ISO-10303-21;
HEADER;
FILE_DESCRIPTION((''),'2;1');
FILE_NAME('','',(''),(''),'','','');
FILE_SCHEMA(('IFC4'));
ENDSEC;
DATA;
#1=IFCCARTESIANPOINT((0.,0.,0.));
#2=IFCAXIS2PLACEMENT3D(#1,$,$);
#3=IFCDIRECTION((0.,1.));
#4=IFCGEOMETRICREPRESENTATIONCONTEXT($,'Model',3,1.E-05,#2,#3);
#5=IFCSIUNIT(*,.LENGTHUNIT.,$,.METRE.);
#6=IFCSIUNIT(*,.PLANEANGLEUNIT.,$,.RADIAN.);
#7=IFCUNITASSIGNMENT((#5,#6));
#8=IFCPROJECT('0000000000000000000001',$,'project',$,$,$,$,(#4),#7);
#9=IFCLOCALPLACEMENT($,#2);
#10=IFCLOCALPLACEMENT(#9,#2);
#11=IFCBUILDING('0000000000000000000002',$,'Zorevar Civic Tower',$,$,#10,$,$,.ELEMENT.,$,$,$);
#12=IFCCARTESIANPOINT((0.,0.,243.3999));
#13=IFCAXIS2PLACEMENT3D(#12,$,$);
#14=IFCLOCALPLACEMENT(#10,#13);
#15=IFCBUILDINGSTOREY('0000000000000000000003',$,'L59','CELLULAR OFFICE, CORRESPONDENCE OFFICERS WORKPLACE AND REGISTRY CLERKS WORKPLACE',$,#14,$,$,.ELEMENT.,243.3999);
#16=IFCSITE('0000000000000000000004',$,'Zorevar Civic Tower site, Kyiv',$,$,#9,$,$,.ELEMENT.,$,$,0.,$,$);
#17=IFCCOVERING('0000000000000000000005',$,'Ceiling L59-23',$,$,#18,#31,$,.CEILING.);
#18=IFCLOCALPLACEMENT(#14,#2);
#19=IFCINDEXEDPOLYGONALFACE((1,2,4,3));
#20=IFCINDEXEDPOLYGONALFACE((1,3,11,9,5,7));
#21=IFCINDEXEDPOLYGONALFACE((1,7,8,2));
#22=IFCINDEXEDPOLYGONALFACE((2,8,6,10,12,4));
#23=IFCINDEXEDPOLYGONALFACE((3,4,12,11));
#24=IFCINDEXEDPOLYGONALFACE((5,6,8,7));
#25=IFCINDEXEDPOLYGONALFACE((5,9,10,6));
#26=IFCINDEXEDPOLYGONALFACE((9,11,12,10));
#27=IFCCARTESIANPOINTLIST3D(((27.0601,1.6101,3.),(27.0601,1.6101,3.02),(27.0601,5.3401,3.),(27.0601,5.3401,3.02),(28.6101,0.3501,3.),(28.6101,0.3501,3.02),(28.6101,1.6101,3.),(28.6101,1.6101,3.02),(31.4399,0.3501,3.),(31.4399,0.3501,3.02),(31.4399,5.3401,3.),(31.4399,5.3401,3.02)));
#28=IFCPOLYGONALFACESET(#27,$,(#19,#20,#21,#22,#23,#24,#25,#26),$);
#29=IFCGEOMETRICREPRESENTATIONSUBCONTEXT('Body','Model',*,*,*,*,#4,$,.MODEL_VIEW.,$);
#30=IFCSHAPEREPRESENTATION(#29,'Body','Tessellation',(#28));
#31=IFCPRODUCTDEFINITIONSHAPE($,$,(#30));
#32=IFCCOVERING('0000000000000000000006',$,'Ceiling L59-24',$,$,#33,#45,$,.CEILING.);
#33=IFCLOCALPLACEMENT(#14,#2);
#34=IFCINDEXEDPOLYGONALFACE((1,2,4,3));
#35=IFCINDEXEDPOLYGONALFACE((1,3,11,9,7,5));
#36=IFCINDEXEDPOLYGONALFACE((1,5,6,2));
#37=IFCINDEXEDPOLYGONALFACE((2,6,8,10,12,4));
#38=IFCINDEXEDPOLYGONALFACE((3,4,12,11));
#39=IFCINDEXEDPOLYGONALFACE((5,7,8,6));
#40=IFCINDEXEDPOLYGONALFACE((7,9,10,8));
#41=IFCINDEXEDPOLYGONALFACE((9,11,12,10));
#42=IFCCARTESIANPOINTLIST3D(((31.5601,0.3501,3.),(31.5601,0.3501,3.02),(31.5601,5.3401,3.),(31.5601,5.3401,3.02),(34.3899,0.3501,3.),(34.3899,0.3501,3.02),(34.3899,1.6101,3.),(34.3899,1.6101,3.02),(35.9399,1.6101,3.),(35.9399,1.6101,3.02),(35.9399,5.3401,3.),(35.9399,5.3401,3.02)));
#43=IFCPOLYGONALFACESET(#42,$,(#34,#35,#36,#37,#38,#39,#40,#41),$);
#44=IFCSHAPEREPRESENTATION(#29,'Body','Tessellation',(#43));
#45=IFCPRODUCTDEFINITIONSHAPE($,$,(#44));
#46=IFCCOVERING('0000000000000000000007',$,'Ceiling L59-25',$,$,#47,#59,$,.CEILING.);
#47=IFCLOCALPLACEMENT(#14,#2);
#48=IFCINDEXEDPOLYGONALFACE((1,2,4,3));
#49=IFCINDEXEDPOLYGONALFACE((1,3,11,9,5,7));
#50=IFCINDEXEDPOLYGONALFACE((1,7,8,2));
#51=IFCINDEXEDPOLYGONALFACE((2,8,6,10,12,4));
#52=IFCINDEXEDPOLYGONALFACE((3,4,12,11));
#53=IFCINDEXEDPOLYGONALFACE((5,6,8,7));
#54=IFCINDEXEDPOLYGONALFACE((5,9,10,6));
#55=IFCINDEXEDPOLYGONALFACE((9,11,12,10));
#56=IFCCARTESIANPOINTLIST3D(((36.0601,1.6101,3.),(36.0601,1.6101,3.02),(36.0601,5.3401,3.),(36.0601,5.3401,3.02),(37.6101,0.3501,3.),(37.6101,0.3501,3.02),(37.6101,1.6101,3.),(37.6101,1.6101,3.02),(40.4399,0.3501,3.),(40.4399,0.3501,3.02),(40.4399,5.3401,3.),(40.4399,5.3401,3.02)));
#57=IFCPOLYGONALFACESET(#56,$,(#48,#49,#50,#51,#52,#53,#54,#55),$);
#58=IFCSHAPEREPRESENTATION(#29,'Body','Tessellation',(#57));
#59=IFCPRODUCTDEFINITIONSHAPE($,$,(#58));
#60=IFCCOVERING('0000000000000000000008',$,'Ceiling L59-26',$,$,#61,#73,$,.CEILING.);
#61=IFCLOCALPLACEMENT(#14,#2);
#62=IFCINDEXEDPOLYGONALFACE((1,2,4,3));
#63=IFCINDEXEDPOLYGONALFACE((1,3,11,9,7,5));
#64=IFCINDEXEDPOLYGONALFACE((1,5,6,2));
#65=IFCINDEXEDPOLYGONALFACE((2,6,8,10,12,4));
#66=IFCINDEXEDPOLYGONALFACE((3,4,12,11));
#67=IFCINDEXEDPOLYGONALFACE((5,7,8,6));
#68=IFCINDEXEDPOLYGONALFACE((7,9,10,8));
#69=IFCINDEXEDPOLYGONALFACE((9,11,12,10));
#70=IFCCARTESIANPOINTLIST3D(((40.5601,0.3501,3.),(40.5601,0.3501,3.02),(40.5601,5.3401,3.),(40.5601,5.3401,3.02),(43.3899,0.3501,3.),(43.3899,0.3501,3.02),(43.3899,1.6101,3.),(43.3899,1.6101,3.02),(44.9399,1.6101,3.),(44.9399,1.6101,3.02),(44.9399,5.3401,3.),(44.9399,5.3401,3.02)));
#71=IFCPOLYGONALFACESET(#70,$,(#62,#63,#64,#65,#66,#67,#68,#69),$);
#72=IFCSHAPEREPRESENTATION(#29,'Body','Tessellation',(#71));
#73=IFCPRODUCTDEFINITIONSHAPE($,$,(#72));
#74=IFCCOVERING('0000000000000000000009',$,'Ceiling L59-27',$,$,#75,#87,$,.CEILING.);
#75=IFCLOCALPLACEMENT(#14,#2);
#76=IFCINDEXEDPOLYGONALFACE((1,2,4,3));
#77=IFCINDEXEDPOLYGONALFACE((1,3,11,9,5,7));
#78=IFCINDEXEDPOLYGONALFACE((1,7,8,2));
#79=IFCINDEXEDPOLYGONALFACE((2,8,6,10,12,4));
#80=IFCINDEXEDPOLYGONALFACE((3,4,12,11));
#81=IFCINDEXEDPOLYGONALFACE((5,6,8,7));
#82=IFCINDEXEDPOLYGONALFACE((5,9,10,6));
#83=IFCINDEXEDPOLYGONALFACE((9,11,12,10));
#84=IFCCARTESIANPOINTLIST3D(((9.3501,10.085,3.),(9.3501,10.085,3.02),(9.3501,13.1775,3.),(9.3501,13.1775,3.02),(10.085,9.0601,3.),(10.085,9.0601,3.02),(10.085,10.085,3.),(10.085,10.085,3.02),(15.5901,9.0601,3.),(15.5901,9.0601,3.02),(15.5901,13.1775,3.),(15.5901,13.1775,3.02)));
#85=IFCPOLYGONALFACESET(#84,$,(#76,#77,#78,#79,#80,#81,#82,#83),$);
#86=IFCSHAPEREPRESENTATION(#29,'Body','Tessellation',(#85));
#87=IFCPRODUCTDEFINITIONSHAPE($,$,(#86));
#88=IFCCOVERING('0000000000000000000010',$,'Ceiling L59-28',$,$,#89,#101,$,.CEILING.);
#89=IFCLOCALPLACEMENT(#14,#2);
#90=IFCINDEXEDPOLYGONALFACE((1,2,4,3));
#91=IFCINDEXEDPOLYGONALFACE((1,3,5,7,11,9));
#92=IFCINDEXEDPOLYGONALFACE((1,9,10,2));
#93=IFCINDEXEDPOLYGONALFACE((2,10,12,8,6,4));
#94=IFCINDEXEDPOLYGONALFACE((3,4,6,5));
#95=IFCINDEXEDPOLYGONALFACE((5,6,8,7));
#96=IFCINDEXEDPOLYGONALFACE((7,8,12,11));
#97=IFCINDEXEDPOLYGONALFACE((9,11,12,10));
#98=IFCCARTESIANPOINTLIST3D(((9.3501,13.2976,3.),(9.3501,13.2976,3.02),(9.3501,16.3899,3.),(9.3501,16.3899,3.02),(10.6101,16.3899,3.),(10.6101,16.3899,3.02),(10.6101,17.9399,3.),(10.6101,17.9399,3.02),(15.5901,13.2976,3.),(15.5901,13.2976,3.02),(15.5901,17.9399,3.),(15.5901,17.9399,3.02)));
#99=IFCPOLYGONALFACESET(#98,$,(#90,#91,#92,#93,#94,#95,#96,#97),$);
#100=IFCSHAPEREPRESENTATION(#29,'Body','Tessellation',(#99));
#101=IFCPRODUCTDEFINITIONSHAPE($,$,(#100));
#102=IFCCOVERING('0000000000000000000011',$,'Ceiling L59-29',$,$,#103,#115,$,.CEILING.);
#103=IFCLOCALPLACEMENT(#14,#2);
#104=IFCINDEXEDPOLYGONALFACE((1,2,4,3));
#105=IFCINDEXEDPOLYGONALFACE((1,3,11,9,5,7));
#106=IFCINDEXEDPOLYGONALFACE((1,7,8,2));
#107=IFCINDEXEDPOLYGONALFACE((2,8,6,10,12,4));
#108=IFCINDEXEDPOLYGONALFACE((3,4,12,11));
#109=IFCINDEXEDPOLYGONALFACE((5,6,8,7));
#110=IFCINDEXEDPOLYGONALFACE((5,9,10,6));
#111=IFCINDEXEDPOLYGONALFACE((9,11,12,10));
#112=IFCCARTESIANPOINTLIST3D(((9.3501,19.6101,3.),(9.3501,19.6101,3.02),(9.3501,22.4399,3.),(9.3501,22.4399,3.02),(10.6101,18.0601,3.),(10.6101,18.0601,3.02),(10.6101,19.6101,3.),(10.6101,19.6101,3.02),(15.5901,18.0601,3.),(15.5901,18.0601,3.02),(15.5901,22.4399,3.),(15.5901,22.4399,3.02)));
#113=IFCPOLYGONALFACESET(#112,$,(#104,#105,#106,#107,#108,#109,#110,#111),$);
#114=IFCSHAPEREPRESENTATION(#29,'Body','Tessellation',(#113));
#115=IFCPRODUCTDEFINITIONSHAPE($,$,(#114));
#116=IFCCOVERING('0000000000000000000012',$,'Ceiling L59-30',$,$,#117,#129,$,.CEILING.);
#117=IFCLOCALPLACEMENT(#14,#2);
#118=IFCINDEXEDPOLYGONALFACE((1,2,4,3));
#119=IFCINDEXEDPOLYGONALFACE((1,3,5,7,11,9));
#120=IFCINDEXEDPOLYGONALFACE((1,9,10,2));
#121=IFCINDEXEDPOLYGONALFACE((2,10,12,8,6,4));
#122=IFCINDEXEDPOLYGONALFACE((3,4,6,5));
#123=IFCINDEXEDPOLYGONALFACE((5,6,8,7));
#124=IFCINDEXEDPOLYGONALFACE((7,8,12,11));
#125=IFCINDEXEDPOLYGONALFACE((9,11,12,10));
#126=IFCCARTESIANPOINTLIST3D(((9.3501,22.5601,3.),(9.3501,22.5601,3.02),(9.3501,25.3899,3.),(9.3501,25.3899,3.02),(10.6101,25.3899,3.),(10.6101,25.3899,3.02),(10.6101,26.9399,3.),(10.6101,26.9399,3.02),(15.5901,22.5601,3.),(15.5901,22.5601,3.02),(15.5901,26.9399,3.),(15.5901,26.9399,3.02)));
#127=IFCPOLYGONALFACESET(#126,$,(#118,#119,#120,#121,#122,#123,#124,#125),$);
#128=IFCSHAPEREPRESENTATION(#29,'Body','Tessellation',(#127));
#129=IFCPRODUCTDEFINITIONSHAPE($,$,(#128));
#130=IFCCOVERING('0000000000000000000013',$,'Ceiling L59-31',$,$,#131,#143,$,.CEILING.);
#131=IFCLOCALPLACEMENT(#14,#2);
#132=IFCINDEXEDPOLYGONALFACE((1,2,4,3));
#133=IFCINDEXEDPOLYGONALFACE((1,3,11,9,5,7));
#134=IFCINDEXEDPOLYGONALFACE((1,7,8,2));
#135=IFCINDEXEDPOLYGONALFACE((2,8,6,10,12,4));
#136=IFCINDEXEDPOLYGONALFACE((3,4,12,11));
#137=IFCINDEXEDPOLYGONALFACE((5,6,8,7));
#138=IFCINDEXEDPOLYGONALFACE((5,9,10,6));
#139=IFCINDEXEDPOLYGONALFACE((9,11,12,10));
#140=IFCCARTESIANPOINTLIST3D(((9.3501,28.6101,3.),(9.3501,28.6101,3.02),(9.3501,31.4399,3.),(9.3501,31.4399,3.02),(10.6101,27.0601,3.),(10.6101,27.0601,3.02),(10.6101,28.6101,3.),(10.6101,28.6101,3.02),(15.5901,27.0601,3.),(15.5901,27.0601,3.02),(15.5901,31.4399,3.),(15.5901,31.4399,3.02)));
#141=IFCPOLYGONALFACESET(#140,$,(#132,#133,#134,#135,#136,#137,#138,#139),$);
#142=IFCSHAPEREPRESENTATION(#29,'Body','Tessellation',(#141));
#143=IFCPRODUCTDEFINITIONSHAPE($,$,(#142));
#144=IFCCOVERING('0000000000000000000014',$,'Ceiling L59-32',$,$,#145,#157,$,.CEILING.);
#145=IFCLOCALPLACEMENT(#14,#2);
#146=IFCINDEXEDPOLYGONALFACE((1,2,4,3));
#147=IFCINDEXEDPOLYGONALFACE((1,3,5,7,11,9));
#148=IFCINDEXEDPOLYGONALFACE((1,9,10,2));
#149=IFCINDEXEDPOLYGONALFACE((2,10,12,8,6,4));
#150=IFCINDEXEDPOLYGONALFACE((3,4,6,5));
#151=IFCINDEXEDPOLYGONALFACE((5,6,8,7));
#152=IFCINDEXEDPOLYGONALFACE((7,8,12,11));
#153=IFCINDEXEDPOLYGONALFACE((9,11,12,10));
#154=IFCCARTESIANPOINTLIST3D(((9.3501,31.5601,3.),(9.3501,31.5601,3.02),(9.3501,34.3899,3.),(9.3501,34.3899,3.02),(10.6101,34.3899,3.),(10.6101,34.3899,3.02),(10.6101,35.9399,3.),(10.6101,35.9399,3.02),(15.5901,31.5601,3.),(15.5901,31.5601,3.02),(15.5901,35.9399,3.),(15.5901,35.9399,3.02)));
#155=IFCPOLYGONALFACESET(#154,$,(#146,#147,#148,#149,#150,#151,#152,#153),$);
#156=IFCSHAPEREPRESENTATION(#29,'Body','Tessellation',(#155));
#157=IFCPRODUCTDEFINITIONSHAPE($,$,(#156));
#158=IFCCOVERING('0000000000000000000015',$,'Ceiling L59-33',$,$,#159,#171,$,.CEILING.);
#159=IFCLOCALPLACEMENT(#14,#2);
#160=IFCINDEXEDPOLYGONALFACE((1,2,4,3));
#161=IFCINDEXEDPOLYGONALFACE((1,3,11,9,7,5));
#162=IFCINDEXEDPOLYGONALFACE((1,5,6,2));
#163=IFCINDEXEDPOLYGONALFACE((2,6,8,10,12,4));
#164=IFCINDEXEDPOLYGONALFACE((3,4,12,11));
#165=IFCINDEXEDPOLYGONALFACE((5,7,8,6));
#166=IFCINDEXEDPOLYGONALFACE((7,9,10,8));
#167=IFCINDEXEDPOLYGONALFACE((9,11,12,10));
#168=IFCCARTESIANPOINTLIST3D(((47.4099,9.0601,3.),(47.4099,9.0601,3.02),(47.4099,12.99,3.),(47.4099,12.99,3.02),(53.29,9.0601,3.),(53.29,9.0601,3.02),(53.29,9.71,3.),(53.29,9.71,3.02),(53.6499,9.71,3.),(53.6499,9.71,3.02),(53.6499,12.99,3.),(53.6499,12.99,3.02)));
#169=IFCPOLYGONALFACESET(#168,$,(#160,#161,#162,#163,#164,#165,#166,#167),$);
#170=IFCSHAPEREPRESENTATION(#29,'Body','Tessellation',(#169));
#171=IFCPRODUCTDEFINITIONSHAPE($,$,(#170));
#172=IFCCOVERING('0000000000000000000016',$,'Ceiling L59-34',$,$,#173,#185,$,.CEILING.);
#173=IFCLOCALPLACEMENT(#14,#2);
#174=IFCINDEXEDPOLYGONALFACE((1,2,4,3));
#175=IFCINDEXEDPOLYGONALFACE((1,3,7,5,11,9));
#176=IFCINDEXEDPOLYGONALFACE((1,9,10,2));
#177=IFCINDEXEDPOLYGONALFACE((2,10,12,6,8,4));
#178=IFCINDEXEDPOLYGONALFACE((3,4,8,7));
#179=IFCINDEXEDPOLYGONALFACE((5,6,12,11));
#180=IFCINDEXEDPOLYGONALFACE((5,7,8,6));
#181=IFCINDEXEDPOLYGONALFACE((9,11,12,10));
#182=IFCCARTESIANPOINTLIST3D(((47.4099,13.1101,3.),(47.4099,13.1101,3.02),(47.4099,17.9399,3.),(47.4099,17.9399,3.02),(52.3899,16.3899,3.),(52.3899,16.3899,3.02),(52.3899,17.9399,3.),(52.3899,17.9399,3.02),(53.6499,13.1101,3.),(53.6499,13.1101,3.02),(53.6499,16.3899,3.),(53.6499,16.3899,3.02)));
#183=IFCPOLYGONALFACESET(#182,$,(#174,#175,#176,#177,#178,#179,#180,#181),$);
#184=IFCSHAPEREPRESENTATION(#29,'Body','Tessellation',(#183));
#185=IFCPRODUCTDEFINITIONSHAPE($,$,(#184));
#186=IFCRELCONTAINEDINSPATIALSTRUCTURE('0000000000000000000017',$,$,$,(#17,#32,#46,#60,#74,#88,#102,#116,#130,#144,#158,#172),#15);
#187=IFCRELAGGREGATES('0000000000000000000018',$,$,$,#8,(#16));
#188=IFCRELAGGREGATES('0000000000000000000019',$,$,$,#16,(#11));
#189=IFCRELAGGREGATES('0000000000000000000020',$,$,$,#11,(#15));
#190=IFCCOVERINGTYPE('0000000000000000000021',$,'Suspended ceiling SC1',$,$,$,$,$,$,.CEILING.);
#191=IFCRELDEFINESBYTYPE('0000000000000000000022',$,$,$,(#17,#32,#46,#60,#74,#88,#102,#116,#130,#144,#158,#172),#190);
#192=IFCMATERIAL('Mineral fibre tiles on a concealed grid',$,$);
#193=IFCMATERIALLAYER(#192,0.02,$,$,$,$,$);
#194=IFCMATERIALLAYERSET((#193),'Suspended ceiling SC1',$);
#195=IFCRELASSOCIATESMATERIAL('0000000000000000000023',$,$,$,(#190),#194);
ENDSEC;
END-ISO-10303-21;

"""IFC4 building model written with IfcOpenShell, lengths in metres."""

from ifc_helpers import new_model, si_unit, direction, frame, origin, place, context, subcontext, project, spatial, polyline, outline, extrude, material, layer, layer_set, type_object, element, save


model = new_model("IFC4")

# Units and contexts
model_context = context("Model", 3, precision=1e-05, world=origin(), true_north=direction((0.0, 1.0)))
body_context = subcontext(model_context, "Body", "Model", "MODEL_VIEW")
ifc_project = project(units=[si_unit("LENGTHUNIT", "METRE"), si_unit("PLANEANGLEUNIT", "RADIAN")], contexts=[model_context])

# Site, building, storey
site_placement = place(None, origin())
site = spatial("IfcSite", under=ifc_project, at=site_placement, Name="Zorevar Civic Tower site, Kyiv", CompositionType="ELEMENT", RefElevation=0.0)
building_placement = place(site_placement, origin())
building = spatial("IfcBuilding", under=site, at=building_placement, Name="Zorevar Civic Tower", CompositionType="ELEMENT")
storey_placement = place(building_placement, frame((0.0, 0.0, 243.3999)))
storey = spatial("IfcBuildingStorey", under=building, at=storey_placement, Name="L59", Description="CELLULAR OFFICE, CORRESPONDENCE OFFICERS WORKPLACE AND REGISTRY CLERKS WORKPLACE", CompositionType="ELEMENT", Elevation=243.3999)

# Coverings
ifc_material_1 = material(Name="Mineral fibre tiles on a concealed grid")
ifc_layer_1 = layer(ifc_material_1, 0.02)
ifc_layer_set_1 = layer_set([ifc_layer_1], Name="Suspended ceiling SC1")
covering_type_1 = type_object("IfcCoveringType", Name="Suspended ceiling SC1", PredefinedType="CEILING", material=ifc_layer_set_1)
covering_1_placement = place(storey_placement, frame((0.0, 0.0, 3.0)))
element("IfcCovering", 1, at=covering_1_placement, inside=storey, type_object=covering_type_1, Name="Ceiling L59-23", PredefinedType="CEILING", context=body_context, shape_type="SweptSolid", body=[
    extrude(outline(polyline([(31.4399, 5.3401), (31.4399, 0.3501), (28.6101, 0.3501), (28.6101, 1.6101), (27.0601, 1.6101), (27.0601, 5.3401), (31.4399, 5.3401)])), origin(), (0.0, 0.0, 1.0), 0.02),
])
covering_2_placement = place(storey_placement, frame((0.0, 0.0, 3.0)))
element("IfcCovering", 2, at=covering_2_placement, inside=storey, type_object=covering_type_1, Name="Ceiling L59-24", PredefinedType="CEILING", context=body_context, shape_type="SweptSolid", body=[
    extrude(outline(polyline([(35.9399, 5.3401), (35.9399, 1.6101), (34.3899, 1.6101), (34.3899, 0.3501), (31.5601, 0.3501), (31.5601, 5.3401), (35.9399, 5.3401)])), origin(), (0.0, 0.0, 1.0), 0.02),
])
covering_3_placement = place(storey_placement, frame((0.0, 0.0, 3.0)))
element("IfcCovering", 3, at=covering_3_placement, inside=storey, type_object=covering_type_1, Name="Ceiling L59-25", PredefinedType="CEILING", context=body_context, shape_type="SweptSolid", body=[
    extrude(outline(polyline([(40.4399, 5.3401), (40.4399, 0.3501), (37.6101, 0.3501), (37.6101, 1.6101), (36.0601, 1.6101), (36.0601, 5.3401), (40.4399, 5.3401)])), origin(), (0.0, 0.0, 1.0), 0.02),
])
covering_4_placement = place(storey_placement, frame((0.0, 0.0, 3.0)))
element("IfcCovering", 4, at=covering_4_placement, inside=storey, type_object=covering_type_1, Name="Ceiling L59-26", PredefinedType="CEILING", context=body_context, shape_type="SweptSolid", body=[
    extrude(outline(polyline([(44.9399, 5.3401), (44.9399, 1.6101), (43.3899, 1.6101), (43.3899, 0.3501), (40.5601, 0.3501), (40.5601, 5.3401), (44.9399, 5.3401)])), origin(), (0.0, 0.0, 1.0), 0.02),
])
covering_5_placement = place(storey_placement, frame((0.0, 0.0, 3.0)))
element("IfcCovering", 5, at=covering_5_placement, inside=storey, type_object=covering_type_1, Name="Ceiling L59-27", PredefinedType="CEILING", context=body_context, shape_type="SweptSolid", body=[
    extrude(outline(polyline([(15.5901, 9.0601), (10.085, 9.0601), (10.085, 10.085), (9.3501, 10.085), (9.3501, 13.1775), (15.5901, 13.1775), (15.5901, 9.0601)])), origin(), (0.0, 0.0, 1.0), 0.02),
])
covering_6_placement = place(storey_placement, frame((0.0, 0.0, 3.0)))
element("IfcCovering", 6, at=covering_6_placement, inside=storey, type_object=covering_type_1, Name="Ceiling L59-28", PredefinedType="CEILING", context=body_context, shape_type="SweptSolid", body=[
    extrude(outline(polyline([(15.5901, 13.2976), (9.3501, 13.2976), (9.3501, 16.3899), (10.6101, 16.3899), (10.6101, 17.9399), (15.5901, 17.9399), (15.5901, 13.2976)])), origin(), (0.0, 0.0, 1.0), 0.02),
])
covering_7_placement = place(storey_placement, frame((0.0, 0.0, 3.0)))
element("IfcCovering", 7, at=covering_7_placement, inside=storey, type_object=covering_type_1, Name="Ceiling L59-29", PredefinedType="CEILING", context=body_context, shape_type="SweptSolid", body=[
    extrude(outline(polyline([(15.5901, 18.0601), (10.6101, 18.0601), (10.6101, 19.6101), (9.3501, 19.6101), (9.3501, 22.4399), (15.5901, 22.4399), (15.5901, 18.0601)])), origin(), (0.0, 0.0, 1.0), 0.02),
])
covering_8_placement = place(storey_placement, frame((0.0, 0.0, 3.0)))
element("IfcCovering", 8, at=covering_8_placement, inside=storey, type_object=covering_type_1, Name="Ceiling L59-30", PredefinedType="CEILING", context=body_context, shape_type="SweptSolid", body=[
    extrude(outline(polyline([(15.5901, 22.5601), (9.3501, 22.5601), (9.3501, 25.3899), (10.6101, 25.3899), (10.6101, 26.9399), (15.5901, 26.9399), (15.5901, 22.5601)])), origin(), (0.0, 0.0, 1.0), 0.02),
])
covering_9_placement = place(storey_placement, frame((0.0, 0.0, 3.0)))
element("IfcCovering", 9, at=covering_9_placement, inside=storey, type_object=covering_type_1, Name="Ceiling L59-31", PredefinedType="CEILING", context=body_context, shape_type="SweptSolid", body=[
    extrude(outline(polyline([(15.5901, 27.0601), (10.6101, 27.0601), (10.6101, 28.6101), (9.3501, 28.6101), (9.3501, 31.4399), (15.5901, 31.4399), (15.5901, 27.0601)])), origin(), (0.0, 0.0, 1.0), 0.02),
])
covering_10_placement = place(storey_placement, frame((0.0, 0.0, 3.0)))
element("IfcCovering", 10, at=covering_10_placement, inside=storey, type_object=covering_type_1, Name="Ceiling L59-32", PredefinedType="CEILING", context=body_context, shape_type="SweptSolid", body=[
    extrude(outline(polyline([(15.5901, 31.5601), (9.3501, 31.5601), (9.3501, 34.3899), (10.6101, 34.3899), (10.6101, 35.9399), (15.5901, 35.9399), (15.5901, 31.5601)])), origin(), (0.0, 0.0, 1.0), 0.02),
])
covering_11_placement = place(storey_placement, frame((0.0, 0.0, 3.0)))
element("IfcCovering", 11, at=covering_11_placement, inside=storey, type_object=covering_type_1, Name="Ceiling L59-33", PredefinedType="CEILING", context=body_context, shape_type="SweptSolid", body=[
    extrude(outline(polyline([(47.4099, 12.99), (53.6499, 12.99), (53.6499, 9.71), (53.29, 9.71), (53.29, 9.0601), (47.4099, 9.0601), (47.4099, 12.99)])), origin(), (0.0, 0.0, 1.0), 0.02),
])
covering_12_placement = place(storey_placement, frame((0.0, 0.0, 3.0)))
element("IfcCovering", 12, at=covering_12_placement, inside=storey, type_object=covering_type_1, Name="Ceiling L59-34", PredefinedType="CEILING", context=body_context, shape_type="SweptSolid", body=[
    extrude(outline(polyline([(47.4099, 17.9399), (52.3899, 17.9399), (52.3899, 16.3899), (53.6499, 16.3899), (53.6499, 13.1101), (47.4099, 13.1101), (47.4099, 17.9399)])), origin(), (0.0, 0.0, 1.0), 0.02),
])

save(model, "model.ifc")
